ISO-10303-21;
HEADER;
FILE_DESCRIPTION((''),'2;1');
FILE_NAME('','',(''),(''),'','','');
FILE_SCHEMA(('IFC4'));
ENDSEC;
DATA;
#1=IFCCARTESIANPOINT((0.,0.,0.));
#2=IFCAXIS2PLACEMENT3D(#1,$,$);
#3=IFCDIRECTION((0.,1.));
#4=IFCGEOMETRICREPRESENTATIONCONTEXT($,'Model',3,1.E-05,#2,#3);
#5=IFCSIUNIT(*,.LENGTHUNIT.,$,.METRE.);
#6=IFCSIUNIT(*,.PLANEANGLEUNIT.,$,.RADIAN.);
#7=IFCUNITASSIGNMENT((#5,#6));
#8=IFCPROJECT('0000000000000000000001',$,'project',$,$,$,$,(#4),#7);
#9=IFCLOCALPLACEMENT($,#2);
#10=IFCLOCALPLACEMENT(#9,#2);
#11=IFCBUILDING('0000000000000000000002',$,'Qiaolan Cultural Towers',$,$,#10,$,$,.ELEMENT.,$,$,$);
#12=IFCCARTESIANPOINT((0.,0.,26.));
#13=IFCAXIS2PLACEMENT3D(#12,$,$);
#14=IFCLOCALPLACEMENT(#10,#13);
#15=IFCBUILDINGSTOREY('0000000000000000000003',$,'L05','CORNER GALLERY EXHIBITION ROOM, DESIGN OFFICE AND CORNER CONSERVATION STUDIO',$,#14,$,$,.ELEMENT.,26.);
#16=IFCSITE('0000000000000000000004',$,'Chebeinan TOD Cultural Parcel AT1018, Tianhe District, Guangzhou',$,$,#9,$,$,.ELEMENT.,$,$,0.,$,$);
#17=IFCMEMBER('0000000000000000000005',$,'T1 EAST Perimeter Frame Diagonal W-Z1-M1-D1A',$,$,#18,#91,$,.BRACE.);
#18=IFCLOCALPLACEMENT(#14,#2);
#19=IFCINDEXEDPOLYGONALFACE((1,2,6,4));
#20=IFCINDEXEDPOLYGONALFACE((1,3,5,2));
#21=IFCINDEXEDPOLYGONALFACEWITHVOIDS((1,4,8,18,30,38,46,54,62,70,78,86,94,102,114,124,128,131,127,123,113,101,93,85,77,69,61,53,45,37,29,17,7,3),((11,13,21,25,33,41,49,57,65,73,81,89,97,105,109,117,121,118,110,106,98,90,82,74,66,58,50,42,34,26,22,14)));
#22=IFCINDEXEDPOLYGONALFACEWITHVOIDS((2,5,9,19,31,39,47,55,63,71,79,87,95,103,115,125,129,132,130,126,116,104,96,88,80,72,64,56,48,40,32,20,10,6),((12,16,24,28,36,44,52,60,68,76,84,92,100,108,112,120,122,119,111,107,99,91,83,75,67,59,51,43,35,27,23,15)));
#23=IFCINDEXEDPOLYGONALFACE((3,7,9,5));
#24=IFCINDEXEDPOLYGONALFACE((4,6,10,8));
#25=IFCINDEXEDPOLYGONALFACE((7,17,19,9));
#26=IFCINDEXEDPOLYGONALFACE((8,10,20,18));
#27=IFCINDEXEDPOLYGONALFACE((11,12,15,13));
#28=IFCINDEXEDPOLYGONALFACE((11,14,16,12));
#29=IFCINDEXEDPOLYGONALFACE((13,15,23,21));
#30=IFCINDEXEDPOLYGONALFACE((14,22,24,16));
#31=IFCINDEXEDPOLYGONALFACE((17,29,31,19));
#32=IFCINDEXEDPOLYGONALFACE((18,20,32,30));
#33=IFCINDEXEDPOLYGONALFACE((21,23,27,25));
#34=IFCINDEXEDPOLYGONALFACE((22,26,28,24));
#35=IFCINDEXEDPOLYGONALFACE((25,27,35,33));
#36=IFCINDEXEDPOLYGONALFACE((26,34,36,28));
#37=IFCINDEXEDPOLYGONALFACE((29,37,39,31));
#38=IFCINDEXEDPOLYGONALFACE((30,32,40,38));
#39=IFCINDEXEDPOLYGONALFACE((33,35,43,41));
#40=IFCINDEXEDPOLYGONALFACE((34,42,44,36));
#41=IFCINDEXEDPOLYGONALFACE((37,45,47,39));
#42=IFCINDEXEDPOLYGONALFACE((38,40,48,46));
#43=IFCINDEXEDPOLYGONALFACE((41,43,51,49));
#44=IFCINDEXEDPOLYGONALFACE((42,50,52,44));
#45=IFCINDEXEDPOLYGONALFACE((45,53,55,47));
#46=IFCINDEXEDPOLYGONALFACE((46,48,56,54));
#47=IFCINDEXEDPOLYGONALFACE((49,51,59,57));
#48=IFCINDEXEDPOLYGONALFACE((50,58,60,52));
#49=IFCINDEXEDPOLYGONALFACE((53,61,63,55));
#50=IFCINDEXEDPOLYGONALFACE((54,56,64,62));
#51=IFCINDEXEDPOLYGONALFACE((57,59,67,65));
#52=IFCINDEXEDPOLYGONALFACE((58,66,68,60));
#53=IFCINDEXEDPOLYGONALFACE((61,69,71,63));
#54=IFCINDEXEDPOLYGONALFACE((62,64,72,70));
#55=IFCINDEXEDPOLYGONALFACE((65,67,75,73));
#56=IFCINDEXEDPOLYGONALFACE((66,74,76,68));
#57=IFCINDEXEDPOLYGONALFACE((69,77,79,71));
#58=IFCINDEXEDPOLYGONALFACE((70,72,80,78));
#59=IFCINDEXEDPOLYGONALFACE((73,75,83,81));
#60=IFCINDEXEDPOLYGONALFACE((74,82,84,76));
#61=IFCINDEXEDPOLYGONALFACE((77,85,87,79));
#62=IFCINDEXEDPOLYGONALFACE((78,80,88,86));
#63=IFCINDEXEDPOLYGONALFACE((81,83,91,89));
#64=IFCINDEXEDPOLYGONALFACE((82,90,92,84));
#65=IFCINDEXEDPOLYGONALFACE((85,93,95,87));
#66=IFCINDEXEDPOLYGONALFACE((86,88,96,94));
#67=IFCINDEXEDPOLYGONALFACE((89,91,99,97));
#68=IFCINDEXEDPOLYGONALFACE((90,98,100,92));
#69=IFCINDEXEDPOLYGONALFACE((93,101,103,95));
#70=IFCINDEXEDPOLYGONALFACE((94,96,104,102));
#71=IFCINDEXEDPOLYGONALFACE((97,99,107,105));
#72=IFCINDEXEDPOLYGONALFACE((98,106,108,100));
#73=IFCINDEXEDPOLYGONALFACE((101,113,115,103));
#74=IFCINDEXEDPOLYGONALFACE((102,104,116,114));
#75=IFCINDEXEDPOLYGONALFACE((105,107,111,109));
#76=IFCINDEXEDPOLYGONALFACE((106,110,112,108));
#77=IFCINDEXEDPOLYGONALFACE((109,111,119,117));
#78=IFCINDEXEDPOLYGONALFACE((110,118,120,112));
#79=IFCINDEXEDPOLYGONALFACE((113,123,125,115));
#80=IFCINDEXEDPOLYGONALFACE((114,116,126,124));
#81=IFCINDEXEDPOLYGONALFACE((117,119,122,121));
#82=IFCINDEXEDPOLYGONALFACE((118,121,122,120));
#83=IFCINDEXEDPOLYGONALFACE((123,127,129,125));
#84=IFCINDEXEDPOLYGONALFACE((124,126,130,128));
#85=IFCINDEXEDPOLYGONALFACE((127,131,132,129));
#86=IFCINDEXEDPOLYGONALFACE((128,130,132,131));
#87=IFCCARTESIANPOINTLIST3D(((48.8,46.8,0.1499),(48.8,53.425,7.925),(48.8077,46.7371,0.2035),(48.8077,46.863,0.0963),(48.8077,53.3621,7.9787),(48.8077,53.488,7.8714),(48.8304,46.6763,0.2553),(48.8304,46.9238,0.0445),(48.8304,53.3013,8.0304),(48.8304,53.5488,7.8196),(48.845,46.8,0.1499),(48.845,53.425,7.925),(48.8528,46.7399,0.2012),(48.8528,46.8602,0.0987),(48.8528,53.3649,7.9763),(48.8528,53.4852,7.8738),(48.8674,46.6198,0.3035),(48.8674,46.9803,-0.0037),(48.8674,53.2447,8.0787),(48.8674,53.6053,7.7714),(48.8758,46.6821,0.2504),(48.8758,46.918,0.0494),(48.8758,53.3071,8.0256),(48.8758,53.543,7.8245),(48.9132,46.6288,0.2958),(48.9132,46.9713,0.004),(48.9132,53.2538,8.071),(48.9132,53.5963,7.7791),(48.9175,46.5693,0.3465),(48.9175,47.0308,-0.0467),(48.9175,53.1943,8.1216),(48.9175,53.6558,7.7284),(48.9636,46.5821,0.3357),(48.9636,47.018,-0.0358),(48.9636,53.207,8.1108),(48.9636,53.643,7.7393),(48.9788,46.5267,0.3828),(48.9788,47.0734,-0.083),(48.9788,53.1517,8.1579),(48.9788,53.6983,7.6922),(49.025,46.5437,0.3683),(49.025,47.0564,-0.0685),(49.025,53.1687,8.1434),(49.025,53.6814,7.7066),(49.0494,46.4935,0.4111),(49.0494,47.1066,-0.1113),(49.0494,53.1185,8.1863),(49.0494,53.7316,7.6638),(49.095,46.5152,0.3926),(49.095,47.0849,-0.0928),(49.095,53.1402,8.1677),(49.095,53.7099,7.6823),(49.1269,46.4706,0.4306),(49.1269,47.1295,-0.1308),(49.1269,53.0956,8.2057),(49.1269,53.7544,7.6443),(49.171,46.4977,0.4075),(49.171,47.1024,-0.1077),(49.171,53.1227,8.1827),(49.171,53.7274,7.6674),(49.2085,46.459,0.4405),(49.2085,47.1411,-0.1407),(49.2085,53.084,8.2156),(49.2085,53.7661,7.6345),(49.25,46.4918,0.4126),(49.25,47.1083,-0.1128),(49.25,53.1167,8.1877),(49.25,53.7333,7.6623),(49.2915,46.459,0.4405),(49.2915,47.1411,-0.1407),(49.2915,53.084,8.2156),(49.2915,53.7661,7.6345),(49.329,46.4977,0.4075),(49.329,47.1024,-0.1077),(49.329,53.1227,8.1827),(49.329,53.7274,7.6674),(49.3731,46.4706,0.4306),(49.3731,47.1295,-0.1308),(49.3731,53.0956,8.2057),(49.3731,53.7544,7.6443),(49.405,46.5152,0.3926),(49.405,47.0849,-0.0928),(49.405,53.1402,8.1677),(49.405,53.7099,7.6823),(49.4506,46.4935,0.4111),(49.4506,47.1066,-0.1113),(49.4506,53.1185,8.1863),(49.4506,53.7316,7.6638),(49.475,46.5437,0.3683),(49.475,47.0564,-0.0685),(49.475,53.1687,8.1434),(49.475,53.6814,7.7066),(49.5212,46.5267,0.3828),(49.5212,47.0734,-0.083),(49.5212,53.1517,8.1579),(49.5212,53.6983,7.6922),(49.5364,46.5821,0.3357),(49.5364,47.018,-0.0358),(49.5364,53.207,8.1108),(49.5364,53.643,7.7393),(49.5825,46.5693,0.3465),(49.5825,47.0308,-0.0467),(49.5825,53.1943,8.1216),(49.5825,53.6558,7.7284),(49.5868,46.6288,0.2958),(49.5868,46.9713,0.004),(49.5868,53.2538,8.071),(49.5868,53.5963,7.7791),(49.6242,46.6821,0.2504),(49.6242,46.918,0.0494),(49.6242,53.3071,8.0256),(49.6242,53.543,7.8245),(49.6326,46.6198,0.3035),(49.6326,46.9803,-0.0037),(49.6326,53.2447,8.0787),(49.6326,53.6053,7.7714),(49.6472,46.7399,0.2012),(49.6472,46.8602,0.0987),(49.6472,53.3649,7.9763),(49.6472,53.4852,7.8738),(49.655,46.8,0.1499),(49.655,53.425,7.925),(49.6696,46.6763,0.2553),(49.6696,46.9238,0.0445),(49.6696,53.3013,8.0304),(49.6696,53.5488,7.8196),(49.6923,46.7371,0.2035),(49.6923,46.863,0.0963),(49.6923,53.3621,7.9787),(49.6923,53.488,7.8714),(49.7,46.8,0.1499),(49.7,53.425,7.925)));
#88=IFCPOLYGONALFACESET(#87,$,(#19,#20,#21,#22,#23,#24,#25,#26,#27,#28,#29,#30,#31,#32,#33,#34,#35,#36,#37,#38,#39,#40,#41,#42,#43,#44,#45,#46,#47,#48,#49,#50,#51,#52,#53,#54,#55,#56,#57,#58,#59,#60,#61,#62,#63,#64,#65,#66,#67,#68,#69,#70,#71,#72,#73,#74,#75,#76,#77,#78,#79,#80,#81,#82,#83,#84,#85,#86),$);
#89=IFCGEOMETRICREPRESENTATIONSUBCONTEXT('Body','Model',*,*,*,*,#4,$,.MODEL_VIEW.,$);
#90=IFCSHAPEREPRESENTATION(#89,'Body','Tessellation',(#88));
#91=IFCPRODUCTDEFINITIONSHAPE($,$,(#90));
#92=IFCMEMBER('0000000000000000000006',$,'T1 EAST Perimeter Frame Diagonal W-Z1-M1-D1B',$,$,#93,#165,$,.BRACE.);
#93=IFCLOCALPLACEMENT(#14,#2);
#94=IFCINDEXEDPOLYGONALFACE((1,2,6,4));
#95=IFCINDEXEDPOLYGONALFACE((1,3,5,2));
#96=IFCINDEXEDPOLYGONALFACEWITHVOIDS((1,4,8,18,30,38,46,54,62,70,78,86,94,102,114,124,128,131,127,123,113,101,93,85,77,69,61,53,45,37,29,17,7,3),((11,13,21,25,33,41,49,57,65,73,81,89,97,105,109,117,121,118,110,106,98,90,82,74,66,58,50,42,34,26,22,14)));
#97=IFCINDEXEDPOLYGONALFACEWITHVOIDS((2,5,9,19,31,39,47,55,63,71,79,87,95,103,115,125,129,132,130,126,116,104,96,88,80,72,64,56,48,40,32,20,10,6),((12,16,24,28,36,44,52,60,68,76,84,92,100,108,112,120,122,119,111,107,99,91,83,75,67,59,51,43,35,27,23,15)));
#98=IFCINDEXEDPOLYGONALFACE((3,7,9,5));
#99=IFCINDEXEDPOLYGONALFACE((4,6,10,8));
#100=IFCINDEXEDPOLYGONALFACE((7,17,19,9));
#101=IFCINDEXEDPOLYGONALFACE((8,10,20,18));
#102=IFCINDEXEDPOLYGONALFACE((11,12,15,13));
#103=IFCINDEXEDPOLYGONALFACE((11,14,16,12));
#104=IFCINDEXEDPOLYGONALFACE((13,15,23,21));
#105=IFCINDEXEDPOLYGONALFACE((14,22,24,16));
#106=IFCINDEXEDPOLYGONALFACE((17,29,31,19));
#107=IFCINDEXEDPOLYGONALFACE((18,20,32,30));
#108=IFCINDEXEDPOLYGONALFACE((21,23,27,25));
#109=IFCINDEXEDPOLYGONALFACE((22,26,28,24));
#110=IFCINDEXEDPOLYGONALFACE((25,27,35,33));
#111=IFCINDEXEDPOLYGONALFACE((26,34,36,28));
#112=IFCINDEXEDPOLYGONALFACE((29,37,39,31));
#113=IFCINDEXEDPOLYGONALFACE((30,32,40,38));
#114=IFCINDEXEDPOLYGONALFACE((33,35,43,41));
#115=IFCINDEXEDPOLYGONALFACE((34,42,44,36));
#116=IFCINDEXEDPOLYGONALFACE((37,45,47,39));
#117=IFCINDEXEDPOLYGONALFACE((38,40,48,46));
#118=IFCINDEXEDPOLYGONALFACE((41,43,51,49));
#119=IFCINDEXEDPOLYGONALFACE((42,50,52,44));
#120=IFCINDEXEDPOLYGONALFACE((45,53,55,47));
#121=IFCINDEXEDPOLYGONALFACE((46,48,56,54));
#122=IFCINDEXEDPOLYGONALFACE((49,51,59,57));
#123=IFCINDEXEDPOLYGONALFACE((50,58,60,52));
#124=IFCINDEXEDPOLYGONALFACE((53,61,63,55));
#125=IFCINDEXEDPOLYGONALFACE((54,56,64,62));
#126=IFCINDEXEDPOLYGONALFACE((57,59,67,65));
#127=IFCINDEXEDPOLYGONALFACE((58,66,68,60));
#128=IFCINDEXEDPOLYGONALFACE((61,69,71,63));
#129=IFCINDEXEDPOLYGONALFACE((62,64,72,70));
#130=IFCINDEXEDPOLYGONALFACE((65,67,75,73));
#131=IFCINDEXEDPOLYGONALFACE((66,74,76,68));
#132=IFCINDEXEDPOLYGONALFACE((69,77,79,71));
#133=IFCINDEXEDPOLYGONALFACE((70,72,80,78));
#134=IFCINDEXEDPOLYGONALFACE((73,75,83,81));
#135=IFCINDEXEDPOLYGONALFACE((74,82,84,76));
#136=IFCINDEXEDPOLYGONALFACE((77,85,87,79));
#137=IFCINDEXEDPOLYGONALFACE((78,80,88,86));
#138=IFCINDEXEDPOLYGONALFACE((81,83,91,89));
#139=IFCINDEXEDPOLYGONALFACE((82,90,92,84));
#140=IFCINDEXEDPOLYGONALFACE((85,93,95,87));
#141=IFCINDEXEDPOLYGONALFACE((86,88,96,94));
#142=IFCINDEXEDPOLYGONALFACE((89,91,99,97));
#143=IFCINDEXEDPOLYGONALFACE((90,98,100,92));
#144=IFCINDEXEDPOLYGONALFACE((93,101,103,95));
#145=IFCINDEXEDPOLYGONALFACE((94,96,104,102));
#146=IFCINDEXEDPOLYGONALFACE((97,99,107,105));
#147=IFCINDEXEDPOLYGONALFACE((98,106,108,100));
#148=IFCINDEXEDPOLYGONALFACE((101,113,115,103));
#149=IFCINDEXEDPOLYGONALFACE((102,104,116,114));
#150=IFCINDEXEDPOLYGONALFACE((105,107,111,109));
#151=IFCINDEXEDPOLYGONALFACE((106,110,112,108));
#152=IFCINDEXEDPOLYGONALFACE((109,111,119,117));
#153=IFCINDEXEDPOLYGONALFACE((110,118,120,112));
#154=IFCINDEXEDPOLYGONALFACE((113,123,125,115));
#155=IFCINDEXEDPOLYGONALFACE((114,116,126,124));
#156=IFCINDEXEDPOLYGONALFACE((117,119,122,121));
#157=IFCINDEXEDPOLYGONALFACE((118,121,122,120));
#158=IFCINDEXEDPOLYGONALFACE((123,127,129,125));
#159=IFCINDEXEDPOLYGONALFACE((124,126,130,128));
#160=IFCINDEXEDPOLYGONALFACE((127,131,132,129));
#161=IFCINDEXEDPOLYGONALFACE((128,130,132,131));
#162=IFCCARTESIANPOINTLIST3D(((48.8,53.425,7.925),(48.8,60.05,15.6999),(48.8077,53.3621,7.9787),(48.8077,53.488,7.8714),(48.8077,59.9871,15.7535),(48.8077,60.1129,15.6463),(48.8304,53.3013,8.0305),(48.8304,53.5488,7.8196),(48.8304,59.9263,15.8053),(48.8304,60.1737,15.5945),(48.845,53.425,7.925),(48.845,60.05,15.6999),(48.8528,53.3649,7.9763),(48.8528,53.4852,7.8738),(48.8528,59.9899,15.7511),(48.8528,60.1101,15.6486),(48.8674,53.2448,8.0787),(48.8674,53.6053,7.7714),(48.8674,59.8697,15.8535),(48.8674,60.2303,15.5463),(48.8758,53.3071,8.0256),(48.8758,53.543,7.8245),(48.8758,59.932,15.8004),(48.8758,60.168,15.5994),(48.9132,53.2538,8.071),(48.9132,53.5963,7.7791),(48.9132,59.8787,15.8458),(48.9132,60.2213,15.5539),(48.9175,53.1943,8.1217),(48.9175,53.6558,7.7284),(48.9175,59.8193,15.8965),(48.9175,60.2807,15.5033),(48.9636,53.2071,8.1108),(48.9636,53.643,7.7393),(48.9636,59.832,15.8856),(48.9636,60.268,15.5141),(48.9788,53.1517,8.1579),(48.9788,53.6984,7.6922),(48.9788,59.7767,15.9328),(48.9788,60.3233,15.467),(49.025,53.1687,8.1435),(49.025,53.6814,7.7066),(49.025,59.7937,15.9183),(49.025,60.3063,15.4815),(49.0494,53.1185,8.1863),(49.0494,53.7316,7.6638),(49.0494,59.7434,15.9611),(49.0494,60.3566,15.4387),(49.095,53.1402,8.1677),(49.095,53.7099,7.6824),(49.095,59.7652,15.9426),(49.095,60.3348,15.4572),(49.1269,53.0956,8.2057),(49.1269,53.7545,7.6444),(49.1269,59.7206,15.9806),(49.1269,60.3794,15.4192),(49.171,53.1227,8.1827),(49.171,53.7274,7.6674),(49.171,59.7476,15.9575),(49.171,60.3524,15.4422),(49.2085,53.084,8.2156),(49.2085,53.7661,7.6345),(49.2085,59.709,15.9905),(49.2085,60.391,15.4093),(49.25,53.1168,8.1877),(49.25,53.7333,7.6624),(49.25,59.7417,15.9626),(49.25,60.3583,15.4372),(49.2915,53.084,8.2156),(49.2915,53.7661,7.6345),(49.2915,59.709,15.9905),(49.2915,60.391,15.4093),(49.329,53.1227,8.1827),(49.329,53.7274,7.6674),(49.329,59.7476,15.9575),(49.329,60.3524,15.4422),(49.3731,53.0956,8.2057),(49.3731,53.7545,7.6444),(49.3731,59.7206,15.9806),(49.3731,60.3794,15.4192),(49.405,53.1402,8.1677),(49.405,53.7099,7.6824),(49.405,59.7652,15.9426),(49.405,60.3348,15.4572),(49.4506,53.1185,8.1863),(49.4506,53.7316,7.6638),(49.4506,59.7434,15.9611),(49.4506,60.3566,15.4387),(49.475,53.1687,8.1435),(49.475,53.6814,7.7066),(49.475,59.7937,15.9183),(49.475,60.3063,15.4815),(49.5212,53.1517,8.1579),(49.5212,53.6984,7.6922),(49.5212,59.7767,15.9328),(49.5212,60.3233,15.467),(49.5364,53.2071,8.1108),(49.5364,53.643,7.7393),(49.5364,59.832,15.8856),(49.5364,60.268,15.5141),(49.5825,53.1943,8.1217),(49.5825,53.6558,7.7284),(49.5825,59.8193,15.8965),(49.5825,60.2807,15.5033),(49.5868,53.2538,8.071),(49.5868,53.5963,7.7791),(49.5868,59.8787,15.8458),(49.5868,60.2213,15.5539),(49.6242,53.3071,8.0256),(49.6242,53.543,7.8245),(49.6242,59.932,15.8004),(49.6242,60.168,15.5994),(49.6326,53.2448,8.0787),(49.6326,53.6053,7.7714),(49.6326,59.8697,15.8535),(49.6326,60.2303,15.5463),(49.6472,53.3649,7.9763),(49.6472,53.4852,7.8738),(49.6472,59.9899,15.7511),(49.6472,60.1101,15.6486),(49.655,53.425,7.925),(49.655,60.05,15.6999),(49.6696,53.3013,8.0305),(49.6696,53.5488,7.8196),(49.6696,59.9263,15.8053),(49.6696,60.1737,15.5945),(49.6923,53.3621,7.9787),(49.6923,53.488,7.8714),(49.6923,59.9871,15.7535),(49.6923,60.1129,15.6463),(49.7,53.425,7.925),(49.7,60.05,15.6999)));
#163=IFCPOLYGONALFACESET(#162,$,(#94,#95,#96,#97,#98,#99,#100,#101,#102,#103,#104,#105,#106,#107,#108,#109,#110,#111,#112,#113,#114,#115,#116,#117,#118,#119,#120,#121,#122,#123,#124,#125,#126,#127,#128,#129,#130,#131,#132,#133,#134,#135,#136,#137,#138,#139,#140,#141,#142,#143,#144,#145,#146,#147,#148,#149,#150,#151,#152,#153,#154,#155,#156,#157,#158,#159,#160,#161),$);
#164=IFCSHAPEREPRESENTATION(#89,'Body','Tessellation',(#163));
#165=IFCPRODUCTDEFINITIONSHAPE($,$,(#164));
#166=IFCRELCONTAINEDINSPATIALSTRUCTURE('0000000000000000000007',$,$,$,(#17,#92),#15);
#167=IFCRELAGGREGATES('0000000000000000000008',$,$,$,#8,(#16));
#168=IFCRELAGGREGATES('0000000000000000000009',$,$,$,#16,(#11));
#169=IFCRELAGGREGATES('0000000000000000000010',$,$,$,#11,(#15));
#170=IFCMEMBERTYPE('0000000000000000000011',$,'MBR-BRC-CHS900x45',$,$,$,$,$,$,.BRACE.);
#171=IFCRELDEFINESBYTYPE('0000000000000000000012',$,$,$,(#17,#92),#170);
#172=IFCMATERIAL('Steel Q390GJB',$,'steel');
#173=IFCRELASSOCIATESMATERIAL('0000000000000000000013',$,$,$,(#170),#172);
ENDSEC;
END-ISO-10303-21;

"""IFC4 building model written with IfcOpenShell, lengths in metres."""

from ifc_helpers import new_model, si_unit, direction, frame, origin, origin_2d, place, context, subcontext, project, spatial, hollow_circle, extrude, material, material_profile, profile_set, type_object, element, save


model = new_model("IFC4")

# Units and contexts
model_context = context("Model", 3, precision=1e-05, world=origin(), true_north=direction((0.0, 1.0)))
body_context = subcontext(model_context, "Body", "Model", "MODEL_VIEW")
ifc_project = project(units=[si_unit("LENGTHUNIT", "METRE"), si_unit("PLANEANGLEUNIT", "RADIAN")], contexts=[model_context])

# Site, building, storey
site_placement = place(None, origin())
site = spatial("IfcSite", under=ifc_project, at=site_placement, Name="Chebeinan TOD Cultural Parcel AT1018, Tianhe District, Guangzhou", CompositionType="ELEMENT", RefElevation=0.0)
building_placement = place(site_placement, origin())
building = spatial("IfcBuilding", under=site, at=building_placement, Name="Qiaolan Cultural Towers", CompositionType="ELEMENT")
storey_placement = place(building_placement, frame((0.0, 0.0, 26.0)))
storey = spatial("IfcBuildingStorey", under=building, at=storey_placement, Name="L05", Description="CORNER GALLERY EXHIBITION ROOM, DESIGN OFFICE AND CORNER CONSERVATION STUDIO", CompositionType="ELEMENT", Elevation=26.0)

# Members
ifc_material_1 = material(Name="Steel Q390GJB", Category="steel")
ifc_material_profile_1 = material_profile(ifc_material_1, hollow_circle(Radius=0.45, WallThickness=0.0449, at=origin_2d()), Name="CHS900x45")
ifc_profile_set_1 = profile_set([ifc_material_profile_1], Name="Steel Q390GJB")
member_type_1 = type_object("IfcMemberType", Name="MBR-BRC-CHS900x45", PredefinedType="BRACE", material=ifc_profile_set_1)
member_1_placement = place(storey_placement, frame((49.25, 46.8, 0.1499), z_axis=(0.0, 0.648564, 0.76116), x_axis=(-1.0, 0.0, 0.0)))
element("IfcMember", 1, at=member_1_placement, inside=storey, type_object=member_type_1, Name="T1 EAST Perimeter Frame Diagonal W-Z1-M1-D1A", PredefinedType="BRACE", context=body_context, shape_type="SweptSolid", body=[
    extrude(hollow_circle(Radius=0.45, WallThickness=0.0449, at=origin_2d()), origin(), (0.0, 0.0, 1.0), 10.2148),
])
member_2_placement = place(storey_placement, frame((49.25, 53.425, 7.925), z_axis=(0.0, 0.648576, 0.76115), x_axis=(-1.0, 0.0, 0.0)))
element("IfcMember", 2, at=member_2_placement, inside=storey, type_object=member_type_1, Name="T1 EAST Perimeter Frame Diagonal W-Z1-M1-D1B", PredefinedType="BRACE", context=body_context, shape_type="SweptSolid", body=[
    extrude(hollow_circle(Radius=0.45, WallThickness=0.0449, at=origin_2d()), origin(), (0.0, 0.0, 1.0), 10.2146),
])

save(model, "model.ifc")
